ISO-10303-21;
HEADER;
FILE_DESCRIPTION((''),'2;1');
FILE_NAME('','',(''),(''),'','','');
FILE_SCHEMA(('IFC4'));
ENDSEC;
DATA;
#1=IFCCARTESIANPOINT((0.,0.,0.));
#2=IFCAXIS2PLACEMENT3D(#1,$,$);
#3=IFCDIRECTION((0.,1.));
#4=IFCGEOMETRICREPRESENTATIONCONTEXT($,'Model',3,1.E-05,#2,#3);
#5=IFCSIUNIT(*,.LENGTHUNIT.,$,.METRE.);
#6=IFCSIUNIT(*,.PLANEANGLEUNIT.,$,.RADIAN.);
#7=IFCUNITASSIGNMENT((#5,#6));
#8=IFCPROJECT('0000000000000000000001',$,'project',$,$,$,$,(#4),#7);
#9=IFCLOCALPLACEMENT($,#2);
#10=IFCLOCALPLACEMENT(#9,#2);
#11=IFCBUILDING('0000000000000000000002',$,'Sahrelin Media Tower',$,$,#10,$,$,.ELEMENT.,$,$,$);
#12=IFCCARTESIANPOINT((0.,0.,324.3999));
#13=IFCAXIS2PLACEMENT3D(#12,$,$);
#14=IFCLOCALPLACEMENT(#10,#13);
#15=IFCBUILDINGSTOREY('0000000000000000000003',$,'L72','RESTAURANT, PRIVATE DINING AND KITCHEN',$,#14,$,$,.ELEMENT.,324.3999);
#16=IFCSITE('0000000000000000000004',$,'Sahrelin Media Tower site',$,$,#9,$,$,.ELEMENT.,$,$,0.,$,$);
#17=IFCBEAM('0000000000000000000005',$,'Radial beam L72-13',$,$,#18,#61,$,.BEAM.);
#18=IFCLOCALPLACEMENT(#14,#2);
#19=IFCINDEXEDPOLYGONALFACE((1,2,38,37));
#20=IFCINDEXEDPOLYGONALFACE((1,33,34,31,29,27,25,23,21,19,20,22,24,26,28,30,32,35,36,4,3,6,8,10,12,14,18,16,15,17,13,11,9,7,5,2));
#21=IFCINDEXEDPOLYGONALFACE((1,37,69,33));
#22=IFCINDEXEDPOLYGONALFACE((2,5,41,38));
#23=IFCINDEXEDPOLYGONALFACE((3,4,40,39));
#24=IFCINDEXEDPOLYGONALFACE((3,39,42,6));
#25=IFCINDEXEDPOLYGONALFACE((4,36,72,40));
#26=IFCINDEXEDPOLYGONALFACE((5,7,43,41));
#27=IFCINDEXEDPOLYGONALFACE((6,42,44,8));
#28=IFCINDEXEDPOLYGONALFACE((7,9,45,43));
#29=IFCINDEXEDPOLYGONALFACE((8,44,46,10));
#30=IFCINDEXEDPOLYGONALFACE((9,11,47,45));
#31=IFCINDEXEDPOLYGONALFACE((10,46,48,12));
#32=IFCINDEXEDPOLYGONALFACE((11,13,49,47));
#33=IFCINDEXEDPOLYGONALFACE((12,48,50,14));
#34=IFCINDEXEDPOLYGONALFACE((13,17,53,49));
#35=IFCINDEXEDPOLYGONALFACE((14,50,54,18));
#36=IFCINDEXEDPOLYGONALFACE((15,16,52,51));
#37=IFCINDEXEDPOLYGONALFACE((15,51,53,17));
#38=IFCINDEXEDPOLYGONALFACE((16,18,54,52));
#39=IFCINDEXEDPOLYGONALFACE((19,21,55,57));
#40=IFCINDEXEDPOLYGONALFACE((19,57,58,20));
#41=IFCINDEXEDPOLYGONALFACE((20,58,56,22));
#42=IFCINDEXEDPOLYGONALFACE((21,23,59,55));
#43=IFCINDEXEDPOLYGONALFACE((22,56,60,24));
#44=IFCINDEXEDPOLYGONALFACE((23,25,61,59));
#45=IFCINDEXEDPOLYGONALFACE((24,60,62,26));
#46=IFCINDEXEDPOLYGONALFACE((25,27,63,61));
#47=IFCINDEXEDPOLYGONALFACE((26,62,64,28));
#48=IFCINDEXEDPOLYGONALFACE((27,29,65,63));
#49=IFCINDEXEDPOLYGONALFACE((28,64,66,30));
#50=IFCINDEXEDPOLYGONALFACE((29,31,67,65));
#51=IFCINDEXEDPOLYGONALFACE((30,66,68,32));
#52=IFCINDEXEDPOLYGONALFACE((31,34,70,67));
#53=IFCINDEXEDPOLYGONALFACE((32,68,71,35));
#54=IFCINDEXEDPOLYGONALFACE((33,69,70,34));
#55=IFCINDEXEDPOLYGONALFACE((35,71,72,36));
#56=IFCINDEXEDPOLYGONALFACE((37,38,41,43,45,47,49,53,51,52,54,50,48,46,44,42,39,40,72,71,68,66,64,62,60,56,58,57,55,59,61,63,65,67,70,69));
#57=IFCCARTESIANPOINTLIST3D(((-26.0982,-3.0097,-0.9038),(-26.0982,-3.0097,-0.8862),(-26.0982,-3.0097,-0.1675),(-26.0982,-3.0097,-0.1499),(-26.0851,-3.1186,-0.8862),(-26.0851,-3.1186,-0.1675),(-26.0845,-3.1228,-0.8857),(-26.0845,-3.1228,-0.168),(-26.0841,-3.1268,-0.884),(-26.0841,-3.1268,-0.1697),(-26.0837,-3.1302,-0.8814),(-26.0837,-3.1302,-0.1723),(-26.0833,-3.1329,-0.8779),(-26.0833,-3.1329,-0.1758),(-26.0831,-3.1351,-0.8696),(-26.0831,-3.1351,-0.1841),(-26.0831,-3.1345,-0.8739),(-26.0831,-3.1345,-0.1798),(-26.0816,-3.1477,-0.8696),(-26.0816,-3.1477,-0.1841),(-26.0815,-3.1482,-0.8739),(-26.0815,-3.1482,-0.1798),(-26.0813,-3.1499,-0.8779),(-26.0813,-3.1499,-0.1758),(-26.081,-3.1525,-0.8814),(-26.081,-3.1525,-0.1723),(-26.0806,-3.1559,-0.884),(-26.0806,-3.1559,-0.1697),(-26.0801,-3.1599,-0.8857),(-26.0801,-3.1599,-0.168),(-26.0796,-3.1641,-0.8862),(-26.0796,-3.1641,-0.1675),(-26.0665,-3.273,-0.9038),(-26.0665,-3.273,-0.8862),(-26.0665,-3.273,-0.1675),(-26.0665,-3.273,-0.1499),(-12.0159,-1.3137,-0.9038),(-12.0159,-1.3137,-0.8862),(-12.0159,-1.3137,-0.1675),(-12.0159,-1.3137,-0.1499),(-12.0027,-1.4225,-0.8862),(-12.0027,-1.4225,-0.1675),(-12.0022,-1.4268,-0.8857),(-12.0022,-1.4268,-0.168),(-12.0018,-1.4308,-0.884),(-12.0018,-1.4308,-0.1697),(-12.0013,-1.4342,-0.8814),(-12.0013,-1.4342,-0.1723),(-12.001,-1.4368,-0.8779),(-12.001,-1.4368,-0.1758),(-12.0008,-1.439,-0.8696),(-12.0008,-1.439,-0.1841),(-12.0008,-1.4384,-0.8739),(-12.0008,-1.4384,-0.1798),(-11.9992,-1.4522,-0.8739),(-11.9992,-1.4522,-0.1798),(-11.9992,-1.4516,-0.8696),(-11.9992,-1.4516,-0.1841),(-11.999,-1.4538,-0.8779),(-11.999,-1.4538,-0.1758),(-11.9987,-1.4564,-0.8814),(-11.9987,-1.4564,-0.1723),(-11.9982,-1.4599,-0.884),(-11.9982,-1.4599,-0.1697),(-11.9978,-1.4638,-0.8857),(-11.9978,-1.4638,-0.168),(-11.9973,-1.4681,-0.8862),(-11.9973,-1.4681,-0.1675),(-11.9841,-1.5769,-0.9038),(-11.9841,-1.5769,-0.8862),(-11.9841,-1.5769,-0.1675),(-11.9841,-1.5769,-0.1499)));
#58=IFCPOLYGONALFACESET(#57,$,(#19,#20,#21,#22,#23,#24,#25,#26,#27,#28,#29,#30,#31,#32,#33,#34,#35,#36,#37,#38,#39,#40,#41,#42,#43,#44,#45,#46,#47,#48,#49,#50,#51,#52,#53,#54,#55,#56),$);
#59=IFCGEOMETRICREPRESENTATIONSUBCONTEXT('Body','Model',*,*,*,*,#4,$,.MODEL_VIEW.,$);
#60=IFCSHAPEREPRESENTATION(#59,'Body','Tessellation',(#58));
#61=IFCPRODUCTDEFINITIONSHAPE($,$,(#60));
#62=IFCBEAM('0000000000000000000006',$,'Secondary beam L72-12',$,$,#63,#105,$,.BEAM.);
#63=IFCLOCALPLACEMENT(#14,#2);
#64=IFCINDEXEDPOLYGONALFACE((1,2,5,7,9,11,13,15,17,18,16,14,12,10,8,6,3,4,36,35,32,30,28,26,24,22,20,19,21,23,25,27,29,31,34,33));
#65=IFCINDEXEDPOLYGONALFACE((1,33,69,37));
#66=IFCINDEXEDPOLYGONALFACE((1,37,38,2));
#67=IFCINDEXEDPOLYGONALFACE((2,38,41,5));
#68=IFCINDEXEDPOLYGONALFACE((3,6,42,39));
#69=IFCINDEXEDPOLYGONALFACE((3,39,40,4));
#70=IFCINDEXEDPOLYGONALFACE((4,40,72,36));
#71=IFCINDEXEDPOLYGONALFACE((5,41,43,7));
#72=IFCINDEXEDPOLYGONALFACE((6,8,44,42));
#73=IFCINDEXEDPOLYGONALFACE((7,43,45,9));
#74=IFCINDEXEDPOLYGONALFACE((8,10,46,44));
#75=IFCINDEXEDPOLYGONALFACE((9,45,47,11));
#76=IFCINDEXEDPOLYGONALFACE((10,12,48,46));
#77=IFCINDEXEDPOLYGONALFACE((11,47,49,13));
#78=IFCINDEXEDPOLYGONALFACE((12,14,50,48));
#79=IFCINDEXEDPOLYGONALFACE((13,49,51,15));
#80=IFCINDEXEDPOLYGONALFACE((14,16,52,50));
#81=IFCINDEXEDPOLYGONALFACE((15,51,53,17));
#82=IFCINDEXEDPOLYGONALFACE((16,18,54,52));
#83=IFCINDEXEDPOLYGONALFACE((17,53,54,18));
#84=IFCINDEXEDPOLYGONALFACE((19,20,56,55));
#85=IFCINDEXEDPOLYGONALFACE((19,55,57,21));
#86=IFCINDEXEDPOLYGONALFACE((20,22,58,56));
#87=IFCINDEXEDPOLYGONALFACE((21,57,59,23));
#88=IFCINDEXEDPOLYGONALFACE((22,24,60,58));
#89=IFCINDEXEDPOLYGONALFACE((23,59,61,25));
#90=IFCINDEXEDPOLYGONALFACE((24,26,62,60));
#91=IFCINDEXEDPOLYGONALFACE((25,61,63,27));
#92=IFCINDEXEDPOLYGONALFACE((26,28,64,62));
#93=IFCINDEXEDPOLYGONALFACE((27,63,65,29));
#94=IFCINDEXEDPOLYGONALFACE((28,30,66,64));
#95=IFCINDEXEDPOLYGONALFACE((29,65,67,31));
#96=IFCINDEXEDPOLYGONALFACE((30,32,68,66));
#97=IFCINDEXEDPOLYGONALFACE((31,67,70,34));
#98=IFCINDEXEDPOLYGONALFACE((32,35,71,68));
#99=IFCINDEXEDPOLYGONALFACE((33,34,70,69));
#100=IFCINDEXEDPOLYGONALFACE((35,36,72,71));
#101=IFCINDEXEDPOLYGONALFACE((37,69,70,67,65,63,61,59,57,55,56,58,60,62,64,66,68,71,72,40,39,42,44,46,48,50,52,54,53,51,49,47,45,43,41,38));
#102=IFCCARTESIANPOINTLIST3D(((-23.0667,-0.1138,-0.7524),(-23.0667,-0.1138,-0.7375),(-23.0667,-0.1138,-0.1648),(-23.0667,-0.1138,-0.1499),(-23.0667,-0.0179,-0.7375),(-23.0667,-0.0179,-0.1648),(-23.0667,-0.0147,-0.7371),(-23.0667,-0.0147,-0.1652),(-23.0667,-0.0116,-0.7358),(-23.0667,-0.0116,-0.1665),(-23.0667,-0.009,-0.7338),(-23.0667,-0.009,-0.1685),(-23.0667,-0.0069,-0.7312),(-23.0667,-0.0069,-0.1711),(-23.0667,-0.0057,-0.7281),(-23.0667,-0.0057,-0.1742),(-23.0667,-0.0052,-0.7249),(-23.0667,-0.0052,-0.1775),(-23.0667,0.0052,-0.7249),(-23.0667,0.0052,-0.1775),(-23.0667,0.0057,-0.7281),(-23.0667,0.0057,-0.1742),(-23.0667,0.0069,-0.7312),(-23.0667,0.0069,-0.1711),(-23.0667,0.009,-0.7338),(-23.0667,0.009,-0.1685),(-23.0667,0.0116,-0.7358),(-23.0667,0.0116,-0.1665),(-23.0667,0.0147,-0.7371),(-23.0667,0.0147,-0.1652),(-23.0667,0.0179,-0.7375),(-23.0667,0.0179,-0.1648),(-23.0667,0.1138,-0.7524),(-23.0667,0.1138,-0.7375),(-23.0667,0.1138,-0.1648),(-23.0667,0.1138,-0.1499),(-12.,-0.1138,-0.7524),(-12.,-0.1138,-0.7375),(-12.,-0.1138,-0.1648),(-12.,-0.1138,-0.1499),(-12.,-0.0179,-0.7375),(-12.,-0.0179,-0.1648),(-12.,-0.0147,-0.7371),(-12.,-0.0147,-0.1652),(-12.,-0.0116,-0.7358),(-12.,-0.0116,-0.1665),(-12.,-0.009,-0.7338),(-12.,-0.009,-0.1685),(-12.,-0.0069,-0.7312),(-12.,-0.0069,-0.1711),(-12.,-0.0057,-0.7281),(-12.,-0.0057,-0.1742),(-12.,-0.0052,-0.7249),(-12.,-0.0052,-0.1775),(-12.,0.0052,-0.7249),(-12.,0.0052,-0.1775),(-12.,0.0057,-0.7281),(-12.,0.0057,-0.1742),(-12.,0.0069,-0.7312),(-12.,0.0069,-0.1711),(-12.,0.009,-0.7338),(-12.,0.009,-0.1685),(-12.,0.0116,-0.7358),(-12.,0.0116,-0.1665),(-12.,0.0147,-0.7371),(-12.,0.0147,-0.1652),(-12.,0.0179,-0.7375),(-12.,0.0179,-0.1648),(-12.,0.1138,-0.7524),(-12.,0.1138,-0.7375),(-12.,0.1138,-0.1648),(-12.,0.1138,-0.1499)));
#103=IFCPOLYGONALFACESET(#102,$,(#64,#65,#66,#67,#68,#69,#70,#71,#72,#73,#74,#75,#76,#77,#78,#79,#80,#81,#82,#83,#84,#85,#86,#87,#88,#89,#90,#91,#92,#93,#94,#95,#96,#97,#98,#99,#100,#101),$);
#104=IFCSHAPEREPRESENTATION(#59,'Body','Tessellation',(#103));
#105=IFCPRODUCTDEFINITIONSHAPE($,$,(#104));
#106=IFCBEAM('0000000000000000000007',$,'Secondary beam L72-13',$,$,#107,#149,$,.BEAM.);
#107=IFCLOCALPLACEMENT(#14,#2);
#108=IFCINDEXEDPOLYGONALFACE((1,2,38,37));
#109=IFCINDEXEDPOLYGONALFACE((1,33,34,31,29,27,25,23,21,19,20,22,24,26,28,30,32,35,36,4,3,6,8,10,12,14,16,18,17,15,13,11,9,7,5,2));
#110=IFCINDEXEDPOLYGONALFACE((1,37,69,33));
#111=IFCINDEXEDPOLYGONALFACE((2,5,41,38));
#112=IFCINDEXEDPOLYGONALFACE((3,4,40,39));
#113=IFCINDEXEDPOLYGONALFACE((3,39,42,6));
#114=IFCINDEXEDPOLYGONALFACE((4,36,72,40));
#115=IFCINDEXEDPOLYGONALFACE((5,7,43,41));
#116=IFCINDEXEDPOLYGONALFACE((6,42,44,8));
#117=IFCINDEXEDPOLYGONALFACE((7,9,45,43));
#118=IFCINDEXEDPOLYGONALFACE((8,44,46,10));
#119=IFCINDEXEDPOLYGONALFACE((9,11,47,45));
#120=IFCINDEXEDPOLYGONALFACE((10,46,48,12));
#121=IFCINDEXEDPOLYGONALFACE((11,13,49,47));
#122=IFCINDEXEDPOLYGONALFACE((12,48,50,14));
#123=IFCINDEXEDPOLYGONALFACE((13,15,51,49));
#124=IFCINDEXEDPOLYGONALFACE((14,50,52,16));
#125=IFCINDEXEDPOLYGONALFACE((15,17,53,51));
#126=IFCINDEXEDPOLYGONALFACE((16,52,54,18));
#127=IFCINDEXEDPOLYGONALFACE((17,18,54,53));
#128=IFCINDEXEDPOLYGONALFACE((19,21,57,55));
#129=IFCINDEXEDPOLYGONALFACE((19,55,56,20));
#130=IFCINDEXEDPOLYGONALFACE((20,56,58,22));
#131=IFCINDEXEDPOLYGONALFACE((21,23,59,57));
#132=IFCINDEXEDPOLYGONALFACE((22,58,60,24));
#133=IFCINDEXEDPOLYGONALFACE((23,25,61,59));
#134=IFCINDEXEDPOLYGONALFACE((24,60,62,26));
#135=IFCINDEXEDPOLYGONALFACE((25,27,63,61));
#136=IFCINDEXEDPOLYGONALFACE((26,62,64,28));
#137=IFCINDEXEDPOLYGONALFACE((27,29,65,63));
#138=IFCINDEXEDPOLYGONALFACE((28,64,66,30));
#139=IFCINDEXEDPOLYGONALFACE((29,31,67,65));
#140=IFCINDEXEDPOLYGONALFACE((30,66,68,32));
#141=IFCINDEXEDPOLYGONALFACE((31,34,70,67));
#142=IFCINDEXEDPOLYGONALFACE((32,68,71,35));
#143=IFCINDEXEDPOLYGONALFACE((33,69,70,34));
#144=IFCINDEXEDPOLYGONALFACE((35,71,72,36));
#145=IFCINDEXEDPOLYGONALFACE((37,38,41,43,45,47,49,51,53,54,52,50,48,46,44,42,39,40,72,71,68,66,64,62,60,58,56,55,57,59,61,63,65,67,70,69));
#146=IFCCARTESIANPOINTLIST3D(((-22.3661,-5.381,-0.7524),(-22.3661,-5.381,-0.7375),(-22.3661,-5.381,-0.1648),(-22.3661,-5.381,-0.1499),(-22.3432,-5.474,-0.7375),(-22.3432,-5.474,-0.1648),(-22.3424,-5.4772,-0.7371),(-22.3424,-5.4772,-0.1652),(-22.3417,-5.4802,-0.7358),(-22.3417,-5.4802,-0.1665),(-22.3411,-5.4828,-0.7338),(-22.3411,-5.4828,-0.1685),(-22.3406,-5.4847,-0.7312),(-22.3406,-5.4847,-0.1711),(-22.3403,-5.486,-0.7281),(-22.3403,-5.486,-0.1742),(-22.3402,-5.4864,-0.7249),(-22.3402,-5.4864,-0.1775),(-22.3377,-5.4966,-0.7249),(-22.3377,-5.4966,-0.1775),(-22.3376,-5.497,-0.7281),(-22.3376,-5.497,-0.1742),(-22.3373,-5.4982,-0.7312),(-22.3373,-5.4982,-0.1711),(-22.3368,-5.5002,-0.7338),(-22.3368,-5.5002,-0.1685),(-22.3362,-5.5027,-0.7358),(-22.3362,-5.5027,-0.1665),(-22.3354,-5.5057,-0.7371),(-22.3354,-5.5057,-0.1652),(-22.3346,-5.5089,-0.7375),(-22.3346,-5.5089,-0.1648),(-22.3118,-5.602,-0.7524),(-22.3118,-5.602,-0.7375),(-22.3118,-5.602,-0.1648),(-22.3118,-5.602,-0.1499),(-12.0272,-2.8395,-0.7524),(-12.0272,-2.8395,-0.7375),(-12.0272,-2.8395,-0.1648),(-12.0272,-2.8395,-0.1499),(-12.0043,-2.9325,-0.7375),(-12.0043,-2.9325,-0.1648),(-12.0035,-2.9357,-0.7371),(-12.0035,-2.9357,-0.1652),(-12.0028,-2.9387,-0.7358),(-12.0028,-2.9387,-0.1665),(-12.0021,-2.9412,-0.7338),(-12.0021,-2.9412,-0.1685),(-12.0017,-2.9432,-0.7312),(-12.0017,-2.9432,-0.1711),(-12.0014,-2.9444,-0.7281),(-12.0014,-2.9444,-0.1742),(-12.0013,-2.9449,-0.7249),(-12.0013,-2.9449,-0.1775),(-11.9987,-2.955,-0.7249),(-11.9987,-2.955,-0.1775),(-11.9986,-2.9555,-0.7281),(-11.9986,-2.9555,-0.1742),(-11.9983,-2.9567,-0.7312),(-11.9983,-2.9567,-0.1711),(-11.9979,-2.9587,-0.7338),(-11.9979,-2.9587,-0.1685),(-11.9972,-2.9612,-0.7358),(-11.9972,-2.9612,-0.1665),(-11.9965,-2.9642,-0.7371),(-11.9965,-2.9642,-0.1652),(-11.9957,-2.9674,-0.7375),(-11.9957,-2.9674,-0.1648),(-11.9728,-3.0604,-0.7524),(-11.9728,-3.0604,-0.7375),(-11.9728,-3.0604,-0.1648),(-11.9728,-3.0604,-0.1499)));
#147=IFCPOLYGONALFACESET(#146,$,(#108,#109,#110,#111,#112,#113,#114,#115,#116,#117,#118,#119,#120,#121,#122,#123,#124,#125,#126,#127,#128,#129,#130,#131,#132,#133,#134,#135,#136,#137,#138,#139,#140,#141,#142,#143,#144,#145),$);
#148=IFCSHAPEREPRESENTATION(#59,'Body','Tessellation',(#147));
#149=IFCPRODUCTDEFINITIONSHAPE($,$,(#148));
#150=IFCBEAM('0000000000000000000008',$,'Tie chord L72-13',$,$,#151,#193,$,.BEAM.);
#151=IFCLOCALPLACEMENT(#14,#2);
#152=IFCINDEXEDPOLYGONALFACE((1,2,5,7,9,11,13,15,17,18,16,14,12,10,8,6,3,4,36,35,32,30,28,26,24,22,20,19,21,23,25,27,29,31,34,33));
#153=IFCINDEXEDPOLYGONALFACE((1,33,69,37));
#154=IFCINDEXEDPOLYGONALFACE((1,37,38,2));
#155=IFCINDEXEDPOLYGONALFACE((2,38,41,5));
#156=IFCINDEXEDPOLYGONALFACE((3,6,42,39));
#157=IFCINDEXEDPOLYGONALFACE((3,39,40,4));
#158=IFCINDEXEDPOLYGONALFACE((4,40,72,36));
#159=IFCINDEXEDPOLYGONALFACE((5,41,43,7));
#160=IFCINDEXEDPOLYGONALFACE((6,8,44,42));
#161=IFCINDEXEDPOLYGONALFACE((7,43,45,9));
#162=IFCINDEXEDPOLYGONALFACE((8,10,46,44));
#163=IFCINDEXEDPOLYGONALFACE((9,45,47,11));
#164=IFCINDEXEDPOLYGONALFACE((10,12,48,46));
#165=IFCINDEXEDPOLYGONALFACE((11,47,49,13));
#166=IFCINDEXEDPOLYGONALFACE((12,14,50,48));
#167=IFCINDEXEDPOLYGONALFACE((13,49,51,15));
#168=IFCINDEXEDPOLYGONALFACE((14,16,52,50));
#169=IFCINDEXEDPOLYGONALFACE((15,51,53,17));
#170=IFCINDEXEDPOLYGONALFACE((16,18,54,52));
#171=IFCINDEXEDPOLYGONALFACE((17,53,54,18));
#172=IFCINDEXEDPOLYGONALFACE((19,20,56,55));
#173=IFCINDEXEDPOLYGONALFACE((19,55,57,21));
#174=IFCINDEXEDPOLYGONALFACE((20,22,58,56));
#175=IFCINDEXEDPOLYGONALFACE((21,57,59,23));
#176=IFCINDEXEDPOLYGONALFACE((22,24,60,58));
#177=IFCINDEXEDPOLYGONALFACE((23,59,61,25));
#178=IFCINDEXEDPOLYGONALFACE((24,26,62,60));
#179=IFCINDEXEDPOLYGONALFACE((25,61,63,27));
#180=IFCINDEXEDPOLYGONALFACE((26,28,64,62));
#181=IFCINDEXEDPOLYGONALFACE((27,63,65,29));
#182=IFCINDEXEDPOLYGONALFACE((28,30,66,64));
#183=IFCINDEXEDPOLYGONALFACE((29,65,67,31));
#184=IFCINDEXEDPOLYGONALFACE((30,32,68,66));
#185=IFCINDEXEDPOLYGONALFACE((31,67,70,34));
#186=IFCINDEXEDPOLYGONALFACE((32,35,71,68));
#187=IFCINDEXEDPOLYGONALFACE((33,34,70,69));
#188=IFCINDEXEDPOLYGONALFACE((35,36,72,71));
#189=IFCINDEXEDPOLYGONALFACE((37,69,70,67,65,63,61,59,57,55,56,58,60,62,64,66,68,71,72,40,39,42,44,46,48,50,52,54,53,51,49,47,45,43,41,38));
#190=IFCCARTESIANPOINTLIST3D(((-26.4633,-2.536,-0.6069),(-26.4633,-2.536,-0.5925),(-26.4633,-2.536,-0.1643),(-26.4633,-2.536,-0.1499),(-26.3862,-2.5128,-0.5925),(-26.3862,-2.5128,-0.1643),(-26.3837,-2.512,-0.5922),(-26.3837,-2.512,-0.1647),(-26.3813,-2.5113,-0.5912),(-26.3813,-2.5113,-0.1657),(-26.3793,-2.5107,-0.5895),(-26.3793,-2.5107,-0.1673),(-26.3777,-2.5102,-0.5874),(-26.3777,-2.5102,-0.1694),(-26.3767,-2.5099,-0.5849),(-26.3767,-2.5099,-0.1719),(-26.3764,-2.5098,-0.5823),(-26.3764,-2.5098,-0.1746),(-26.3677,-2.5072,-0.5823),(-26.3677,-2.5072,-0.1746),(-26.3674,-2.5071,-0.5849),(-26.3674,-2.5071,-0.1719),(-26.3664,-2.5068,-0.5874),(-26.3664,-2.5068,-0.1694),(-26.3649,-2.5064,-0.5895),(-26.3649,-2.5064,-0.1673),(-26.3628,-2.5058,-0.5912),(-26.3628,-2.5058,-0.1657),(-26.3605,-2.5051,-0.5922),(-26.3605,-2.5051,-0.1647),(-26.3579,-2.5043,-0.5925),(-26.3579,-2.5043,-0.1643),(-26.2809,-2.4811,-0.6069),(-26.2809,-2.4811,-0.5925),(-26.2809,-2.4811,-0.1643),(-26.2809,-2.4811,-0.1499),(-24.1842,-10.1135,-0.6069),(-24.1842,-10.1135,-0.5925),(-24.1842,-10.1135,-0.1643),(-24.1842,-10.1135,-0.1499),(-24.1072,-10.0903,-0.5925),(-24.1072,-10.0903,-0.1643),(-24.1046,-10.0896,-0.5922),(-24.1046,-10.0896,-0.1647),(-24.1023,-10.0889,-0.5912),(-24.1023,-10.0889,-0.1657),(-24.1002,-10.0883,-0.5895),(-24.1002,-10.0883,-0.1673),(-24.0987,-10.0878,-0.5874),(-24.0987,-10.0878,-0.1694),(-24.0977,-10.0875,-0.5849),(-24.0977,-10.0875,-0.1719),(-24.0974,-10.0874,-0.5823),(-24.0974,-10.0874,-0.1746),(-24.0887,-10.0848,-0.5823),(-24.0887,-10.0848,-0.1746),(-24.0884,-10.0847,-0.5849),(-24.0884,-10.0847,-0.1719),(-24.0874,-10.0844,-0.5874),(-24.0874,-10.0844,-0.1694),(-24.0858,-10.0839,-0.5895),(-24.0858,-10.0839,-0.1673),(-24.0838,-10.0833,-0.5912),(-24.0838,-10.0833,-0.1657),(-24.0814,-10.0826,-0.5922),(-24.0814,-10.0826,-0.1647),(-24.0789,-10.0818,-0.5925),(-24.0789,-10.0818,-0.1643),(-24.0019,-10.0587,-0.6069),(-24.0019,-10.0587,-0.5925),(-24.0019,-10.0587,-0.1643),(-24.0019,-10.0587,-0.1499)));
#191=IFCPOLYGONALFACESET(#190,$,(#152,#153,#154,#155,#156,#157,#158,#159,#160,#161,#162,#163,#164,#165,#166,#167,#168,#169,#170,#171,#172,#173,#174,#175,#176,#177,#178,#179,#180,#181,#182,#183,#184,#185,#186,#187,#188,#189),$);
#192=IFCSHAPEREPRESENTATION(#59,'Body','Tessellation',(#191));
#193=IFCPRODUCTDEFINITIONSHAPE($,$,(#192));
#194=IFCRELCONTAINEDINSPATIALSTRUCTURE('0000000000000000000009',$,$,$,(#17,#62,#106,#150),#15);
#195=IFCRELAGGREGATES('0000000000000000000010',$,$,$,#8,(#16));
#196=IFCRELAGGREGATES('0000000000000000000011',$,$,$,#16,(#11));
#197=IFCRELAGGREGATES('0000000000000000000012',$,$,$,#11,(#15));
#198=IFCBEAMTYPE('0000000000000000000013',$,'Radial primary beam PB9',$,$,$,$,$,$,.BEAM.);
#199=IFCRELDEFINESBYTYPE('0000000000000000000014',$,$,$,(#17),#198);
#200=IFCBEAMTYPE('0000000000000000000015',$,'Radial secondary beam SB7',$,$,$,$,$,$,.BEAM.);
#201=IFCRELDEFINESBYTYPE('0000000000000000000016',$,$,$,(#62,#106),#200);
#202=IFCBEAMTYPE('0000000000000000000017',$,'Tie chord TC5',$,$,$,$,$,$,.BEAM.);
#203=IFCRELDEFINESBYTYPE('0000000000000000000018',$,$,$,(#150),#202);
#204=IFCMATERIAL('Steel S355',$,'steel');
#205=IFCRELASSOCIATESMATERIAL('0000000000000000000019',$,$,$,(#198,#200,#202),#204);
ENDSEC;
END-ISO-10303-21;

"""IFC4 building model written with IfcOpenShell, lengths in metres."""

from ifc_helpers import new_model, si_unit, direction, frame, origin, origin_2d, place, context, subcontext, project, spatial, i_section, extrude, material, material_profile, profile_set, type_object, element, save


model = new_model("IFC4")

# Units and contexts
model_context = context("Model", 3, precision=1e-05, world=origin(), true_north=direction((0.0, 1.0)))
body_context = subcontext(model_context, "Body", "Model", "MODEL_VIEW")
ifc_project = project(units=[si_unit("LENGTHUNIT", "METRE"), si_unit("PLANEANGLEUNIT", "RADIAN")], contexts=[model_context])

# Site, building, storey
site_placement = place(None, origin())
site = spatial("IfcSite", under=ifc_project, at=site_placement, Name="Sahrelin Media Tower site", CompositionType="ELEMENT", RefElevation=0.0)
building_placement = place(site_placement, origin())
building = spatial("IfcBuilding", under=site, at=building_placement, Name="Sahrelin Media Tower", CompositionType="ELEMENT")
storey_placement = place(building_placement, frame((0.0, 0.0, 324.3999)))
storey = spatial("IfcBuildingStorey", under=building, at=storey_placement, Name="L72", Description="RESTAURANT, PRIVATE DINING AND KITCHEN", CompositionType="ELEMENT", Elevation=324.3999)

# Shared definitions
ifc_material_1 = material(Name="Steel S355", Category="steel")

# Beams
ifc_material_profile_1 = material_profile(ifc_material_1, i_section(OverallWidth=0.2651, OverallDepth=0.7539, WebThickness=0.0127, FlangeThickness=0.0176, FilletRadius=0.0166, at=origin_2d()), Name="UB 762x267x147")
ifc_profile_set_1 = profile_set([ifc_material_profile_1], Name="Steel S355")
beam_type_1 = type_object("IfcBeamType", Name="Radial primary beam PB9", PredefinedType="BEAM", material=ifc_profile_set_1)
beam_1_placement = place(storey_placement, frame((-12.0, -1.4453, -0.5269), z_axis=(-0.992825, -0.119574, 0.0), x_axis=(0.119574, -0.992825, 0.0)))
element("IfcBeam", 1, at=beam_1_placement, inside=storey, type_object=beam_type_1, Name="Radial beam L72-13", PredefinedType="BEAM", context=body_context, shape_type="SweptSolid", body=[
    extrude(i_section(OverallWidth=0.2651, OverallDepth=0.7539, WebThickness=0.0127, FlangeThickness=0.0176, FilletRadius=0.0166, at=origin_2d()), origin(), (0.0, 0.0, 1.0), 14.1841),
])
ifc_material_profile_2 = material_profile(ifc_material_1, i_section(OverallWidth=0.2275, OverallDepth=0.6025, WebThickness=0.0105, FlangeThickness=0.0149, FilletRadius=0.0127, at=origin_2d()), Name="UB 610x229x101")
ifc_profile_set_2 = profile_set([ifc_material_profile_2], Name="Steel S355")
beam_type_2 = type_object("IfcBeamType", Name="Radial secondary beam SB7", PredefinedType="BEAM", material=ifc_profile_set_2)
beam_2_placement = place(storey_placement, frame((-12.0, 0.0, -0.4512), z_axis=(-1.0, 0.0, 0.0), x_axis=(0.0, -1.0, 0.0)))
element("IfcBeam", 2, at=beam_2_placement, inside=storey, type_object=beam_type_2, Name="Secondary beam L72-12", PredefinedType="BEAM", context=body_context, shape_type="SweptSolid", body=[
    extrude(i_section(OverallWidth=0.2275, OverallDepth=0.6025, WebThickness=0.0105, FlangeThickness=0.0149, FilletRadius=0.0127, at=origin_2d()), origin(), (0.0, 0.0, 1.0), 11.0667),
])
beam_3_placement = place(storey_placement, frame((-12.0, -2.95, -0.4512), z_axis=(-0.97109, -0.238714, 0.0), x_axis=(0.238714, -0.97109, 0.0)))
element("IfcBeam", 3, at=beam_3_placement, inside=storey, type_object=beam_type_2, Name="Secondary beam L72-13", PredefinedType="BEAM", context=body_context, shape_type="SweptSolid", body=[
    extrude(i_section(OverallWidth=0.2275, OverallDepth=0.6025, WebThickness=0.0105, FlangeThickness=0.0149, FilletRadius=0.0127, at=origin_2d()), origin(), (0.0, 0.0, 1.0), 10.6467),
])
ifc_material_profile_3 = material_profile(ifc_material_1, i_section(OverallWidth=0.1904, OverallDepth=0.457, WebThickness=0.009, FlangeThickness=0.0144, FilletRadius=0.0103, at=origin_2d()), Name="UB 457x191x74")
ifc_profile_set_3 = profile_set([ifc_material_profile_3], Name="Steel S355")
beam_type_3 = type_object("IfcBeamType", Name="Tie chord TC5", PredefinedType="BEAM", material=ifc_profile_set_3)
beam_4_placement = place(storey_placement, frame((-26.3721, -2.5085, -0.3784), z_axis=(0.288016, -0.957626, 0.0), x_axis=(0.957626, 0.288016, 0.0)))
element("IfcBeam", 4, at=beam_4_placement, inside=storey, type_object=beam_type_3, Name="Tie chord L72-13", PredefinedType="BEAM", context=body_context, shape_type="SweptSolid", body=[
    extrude(i_section(OverallWidth=0.1904, OverallDepth=0.457, WebThickness=0.009, FlangeThickness=0.0144, FilletRadius=0.0103, at=origin_2d()), origin(), (0.0, 0.0, 1.0), 7.9128),
])

save(model, "model.ifc")
